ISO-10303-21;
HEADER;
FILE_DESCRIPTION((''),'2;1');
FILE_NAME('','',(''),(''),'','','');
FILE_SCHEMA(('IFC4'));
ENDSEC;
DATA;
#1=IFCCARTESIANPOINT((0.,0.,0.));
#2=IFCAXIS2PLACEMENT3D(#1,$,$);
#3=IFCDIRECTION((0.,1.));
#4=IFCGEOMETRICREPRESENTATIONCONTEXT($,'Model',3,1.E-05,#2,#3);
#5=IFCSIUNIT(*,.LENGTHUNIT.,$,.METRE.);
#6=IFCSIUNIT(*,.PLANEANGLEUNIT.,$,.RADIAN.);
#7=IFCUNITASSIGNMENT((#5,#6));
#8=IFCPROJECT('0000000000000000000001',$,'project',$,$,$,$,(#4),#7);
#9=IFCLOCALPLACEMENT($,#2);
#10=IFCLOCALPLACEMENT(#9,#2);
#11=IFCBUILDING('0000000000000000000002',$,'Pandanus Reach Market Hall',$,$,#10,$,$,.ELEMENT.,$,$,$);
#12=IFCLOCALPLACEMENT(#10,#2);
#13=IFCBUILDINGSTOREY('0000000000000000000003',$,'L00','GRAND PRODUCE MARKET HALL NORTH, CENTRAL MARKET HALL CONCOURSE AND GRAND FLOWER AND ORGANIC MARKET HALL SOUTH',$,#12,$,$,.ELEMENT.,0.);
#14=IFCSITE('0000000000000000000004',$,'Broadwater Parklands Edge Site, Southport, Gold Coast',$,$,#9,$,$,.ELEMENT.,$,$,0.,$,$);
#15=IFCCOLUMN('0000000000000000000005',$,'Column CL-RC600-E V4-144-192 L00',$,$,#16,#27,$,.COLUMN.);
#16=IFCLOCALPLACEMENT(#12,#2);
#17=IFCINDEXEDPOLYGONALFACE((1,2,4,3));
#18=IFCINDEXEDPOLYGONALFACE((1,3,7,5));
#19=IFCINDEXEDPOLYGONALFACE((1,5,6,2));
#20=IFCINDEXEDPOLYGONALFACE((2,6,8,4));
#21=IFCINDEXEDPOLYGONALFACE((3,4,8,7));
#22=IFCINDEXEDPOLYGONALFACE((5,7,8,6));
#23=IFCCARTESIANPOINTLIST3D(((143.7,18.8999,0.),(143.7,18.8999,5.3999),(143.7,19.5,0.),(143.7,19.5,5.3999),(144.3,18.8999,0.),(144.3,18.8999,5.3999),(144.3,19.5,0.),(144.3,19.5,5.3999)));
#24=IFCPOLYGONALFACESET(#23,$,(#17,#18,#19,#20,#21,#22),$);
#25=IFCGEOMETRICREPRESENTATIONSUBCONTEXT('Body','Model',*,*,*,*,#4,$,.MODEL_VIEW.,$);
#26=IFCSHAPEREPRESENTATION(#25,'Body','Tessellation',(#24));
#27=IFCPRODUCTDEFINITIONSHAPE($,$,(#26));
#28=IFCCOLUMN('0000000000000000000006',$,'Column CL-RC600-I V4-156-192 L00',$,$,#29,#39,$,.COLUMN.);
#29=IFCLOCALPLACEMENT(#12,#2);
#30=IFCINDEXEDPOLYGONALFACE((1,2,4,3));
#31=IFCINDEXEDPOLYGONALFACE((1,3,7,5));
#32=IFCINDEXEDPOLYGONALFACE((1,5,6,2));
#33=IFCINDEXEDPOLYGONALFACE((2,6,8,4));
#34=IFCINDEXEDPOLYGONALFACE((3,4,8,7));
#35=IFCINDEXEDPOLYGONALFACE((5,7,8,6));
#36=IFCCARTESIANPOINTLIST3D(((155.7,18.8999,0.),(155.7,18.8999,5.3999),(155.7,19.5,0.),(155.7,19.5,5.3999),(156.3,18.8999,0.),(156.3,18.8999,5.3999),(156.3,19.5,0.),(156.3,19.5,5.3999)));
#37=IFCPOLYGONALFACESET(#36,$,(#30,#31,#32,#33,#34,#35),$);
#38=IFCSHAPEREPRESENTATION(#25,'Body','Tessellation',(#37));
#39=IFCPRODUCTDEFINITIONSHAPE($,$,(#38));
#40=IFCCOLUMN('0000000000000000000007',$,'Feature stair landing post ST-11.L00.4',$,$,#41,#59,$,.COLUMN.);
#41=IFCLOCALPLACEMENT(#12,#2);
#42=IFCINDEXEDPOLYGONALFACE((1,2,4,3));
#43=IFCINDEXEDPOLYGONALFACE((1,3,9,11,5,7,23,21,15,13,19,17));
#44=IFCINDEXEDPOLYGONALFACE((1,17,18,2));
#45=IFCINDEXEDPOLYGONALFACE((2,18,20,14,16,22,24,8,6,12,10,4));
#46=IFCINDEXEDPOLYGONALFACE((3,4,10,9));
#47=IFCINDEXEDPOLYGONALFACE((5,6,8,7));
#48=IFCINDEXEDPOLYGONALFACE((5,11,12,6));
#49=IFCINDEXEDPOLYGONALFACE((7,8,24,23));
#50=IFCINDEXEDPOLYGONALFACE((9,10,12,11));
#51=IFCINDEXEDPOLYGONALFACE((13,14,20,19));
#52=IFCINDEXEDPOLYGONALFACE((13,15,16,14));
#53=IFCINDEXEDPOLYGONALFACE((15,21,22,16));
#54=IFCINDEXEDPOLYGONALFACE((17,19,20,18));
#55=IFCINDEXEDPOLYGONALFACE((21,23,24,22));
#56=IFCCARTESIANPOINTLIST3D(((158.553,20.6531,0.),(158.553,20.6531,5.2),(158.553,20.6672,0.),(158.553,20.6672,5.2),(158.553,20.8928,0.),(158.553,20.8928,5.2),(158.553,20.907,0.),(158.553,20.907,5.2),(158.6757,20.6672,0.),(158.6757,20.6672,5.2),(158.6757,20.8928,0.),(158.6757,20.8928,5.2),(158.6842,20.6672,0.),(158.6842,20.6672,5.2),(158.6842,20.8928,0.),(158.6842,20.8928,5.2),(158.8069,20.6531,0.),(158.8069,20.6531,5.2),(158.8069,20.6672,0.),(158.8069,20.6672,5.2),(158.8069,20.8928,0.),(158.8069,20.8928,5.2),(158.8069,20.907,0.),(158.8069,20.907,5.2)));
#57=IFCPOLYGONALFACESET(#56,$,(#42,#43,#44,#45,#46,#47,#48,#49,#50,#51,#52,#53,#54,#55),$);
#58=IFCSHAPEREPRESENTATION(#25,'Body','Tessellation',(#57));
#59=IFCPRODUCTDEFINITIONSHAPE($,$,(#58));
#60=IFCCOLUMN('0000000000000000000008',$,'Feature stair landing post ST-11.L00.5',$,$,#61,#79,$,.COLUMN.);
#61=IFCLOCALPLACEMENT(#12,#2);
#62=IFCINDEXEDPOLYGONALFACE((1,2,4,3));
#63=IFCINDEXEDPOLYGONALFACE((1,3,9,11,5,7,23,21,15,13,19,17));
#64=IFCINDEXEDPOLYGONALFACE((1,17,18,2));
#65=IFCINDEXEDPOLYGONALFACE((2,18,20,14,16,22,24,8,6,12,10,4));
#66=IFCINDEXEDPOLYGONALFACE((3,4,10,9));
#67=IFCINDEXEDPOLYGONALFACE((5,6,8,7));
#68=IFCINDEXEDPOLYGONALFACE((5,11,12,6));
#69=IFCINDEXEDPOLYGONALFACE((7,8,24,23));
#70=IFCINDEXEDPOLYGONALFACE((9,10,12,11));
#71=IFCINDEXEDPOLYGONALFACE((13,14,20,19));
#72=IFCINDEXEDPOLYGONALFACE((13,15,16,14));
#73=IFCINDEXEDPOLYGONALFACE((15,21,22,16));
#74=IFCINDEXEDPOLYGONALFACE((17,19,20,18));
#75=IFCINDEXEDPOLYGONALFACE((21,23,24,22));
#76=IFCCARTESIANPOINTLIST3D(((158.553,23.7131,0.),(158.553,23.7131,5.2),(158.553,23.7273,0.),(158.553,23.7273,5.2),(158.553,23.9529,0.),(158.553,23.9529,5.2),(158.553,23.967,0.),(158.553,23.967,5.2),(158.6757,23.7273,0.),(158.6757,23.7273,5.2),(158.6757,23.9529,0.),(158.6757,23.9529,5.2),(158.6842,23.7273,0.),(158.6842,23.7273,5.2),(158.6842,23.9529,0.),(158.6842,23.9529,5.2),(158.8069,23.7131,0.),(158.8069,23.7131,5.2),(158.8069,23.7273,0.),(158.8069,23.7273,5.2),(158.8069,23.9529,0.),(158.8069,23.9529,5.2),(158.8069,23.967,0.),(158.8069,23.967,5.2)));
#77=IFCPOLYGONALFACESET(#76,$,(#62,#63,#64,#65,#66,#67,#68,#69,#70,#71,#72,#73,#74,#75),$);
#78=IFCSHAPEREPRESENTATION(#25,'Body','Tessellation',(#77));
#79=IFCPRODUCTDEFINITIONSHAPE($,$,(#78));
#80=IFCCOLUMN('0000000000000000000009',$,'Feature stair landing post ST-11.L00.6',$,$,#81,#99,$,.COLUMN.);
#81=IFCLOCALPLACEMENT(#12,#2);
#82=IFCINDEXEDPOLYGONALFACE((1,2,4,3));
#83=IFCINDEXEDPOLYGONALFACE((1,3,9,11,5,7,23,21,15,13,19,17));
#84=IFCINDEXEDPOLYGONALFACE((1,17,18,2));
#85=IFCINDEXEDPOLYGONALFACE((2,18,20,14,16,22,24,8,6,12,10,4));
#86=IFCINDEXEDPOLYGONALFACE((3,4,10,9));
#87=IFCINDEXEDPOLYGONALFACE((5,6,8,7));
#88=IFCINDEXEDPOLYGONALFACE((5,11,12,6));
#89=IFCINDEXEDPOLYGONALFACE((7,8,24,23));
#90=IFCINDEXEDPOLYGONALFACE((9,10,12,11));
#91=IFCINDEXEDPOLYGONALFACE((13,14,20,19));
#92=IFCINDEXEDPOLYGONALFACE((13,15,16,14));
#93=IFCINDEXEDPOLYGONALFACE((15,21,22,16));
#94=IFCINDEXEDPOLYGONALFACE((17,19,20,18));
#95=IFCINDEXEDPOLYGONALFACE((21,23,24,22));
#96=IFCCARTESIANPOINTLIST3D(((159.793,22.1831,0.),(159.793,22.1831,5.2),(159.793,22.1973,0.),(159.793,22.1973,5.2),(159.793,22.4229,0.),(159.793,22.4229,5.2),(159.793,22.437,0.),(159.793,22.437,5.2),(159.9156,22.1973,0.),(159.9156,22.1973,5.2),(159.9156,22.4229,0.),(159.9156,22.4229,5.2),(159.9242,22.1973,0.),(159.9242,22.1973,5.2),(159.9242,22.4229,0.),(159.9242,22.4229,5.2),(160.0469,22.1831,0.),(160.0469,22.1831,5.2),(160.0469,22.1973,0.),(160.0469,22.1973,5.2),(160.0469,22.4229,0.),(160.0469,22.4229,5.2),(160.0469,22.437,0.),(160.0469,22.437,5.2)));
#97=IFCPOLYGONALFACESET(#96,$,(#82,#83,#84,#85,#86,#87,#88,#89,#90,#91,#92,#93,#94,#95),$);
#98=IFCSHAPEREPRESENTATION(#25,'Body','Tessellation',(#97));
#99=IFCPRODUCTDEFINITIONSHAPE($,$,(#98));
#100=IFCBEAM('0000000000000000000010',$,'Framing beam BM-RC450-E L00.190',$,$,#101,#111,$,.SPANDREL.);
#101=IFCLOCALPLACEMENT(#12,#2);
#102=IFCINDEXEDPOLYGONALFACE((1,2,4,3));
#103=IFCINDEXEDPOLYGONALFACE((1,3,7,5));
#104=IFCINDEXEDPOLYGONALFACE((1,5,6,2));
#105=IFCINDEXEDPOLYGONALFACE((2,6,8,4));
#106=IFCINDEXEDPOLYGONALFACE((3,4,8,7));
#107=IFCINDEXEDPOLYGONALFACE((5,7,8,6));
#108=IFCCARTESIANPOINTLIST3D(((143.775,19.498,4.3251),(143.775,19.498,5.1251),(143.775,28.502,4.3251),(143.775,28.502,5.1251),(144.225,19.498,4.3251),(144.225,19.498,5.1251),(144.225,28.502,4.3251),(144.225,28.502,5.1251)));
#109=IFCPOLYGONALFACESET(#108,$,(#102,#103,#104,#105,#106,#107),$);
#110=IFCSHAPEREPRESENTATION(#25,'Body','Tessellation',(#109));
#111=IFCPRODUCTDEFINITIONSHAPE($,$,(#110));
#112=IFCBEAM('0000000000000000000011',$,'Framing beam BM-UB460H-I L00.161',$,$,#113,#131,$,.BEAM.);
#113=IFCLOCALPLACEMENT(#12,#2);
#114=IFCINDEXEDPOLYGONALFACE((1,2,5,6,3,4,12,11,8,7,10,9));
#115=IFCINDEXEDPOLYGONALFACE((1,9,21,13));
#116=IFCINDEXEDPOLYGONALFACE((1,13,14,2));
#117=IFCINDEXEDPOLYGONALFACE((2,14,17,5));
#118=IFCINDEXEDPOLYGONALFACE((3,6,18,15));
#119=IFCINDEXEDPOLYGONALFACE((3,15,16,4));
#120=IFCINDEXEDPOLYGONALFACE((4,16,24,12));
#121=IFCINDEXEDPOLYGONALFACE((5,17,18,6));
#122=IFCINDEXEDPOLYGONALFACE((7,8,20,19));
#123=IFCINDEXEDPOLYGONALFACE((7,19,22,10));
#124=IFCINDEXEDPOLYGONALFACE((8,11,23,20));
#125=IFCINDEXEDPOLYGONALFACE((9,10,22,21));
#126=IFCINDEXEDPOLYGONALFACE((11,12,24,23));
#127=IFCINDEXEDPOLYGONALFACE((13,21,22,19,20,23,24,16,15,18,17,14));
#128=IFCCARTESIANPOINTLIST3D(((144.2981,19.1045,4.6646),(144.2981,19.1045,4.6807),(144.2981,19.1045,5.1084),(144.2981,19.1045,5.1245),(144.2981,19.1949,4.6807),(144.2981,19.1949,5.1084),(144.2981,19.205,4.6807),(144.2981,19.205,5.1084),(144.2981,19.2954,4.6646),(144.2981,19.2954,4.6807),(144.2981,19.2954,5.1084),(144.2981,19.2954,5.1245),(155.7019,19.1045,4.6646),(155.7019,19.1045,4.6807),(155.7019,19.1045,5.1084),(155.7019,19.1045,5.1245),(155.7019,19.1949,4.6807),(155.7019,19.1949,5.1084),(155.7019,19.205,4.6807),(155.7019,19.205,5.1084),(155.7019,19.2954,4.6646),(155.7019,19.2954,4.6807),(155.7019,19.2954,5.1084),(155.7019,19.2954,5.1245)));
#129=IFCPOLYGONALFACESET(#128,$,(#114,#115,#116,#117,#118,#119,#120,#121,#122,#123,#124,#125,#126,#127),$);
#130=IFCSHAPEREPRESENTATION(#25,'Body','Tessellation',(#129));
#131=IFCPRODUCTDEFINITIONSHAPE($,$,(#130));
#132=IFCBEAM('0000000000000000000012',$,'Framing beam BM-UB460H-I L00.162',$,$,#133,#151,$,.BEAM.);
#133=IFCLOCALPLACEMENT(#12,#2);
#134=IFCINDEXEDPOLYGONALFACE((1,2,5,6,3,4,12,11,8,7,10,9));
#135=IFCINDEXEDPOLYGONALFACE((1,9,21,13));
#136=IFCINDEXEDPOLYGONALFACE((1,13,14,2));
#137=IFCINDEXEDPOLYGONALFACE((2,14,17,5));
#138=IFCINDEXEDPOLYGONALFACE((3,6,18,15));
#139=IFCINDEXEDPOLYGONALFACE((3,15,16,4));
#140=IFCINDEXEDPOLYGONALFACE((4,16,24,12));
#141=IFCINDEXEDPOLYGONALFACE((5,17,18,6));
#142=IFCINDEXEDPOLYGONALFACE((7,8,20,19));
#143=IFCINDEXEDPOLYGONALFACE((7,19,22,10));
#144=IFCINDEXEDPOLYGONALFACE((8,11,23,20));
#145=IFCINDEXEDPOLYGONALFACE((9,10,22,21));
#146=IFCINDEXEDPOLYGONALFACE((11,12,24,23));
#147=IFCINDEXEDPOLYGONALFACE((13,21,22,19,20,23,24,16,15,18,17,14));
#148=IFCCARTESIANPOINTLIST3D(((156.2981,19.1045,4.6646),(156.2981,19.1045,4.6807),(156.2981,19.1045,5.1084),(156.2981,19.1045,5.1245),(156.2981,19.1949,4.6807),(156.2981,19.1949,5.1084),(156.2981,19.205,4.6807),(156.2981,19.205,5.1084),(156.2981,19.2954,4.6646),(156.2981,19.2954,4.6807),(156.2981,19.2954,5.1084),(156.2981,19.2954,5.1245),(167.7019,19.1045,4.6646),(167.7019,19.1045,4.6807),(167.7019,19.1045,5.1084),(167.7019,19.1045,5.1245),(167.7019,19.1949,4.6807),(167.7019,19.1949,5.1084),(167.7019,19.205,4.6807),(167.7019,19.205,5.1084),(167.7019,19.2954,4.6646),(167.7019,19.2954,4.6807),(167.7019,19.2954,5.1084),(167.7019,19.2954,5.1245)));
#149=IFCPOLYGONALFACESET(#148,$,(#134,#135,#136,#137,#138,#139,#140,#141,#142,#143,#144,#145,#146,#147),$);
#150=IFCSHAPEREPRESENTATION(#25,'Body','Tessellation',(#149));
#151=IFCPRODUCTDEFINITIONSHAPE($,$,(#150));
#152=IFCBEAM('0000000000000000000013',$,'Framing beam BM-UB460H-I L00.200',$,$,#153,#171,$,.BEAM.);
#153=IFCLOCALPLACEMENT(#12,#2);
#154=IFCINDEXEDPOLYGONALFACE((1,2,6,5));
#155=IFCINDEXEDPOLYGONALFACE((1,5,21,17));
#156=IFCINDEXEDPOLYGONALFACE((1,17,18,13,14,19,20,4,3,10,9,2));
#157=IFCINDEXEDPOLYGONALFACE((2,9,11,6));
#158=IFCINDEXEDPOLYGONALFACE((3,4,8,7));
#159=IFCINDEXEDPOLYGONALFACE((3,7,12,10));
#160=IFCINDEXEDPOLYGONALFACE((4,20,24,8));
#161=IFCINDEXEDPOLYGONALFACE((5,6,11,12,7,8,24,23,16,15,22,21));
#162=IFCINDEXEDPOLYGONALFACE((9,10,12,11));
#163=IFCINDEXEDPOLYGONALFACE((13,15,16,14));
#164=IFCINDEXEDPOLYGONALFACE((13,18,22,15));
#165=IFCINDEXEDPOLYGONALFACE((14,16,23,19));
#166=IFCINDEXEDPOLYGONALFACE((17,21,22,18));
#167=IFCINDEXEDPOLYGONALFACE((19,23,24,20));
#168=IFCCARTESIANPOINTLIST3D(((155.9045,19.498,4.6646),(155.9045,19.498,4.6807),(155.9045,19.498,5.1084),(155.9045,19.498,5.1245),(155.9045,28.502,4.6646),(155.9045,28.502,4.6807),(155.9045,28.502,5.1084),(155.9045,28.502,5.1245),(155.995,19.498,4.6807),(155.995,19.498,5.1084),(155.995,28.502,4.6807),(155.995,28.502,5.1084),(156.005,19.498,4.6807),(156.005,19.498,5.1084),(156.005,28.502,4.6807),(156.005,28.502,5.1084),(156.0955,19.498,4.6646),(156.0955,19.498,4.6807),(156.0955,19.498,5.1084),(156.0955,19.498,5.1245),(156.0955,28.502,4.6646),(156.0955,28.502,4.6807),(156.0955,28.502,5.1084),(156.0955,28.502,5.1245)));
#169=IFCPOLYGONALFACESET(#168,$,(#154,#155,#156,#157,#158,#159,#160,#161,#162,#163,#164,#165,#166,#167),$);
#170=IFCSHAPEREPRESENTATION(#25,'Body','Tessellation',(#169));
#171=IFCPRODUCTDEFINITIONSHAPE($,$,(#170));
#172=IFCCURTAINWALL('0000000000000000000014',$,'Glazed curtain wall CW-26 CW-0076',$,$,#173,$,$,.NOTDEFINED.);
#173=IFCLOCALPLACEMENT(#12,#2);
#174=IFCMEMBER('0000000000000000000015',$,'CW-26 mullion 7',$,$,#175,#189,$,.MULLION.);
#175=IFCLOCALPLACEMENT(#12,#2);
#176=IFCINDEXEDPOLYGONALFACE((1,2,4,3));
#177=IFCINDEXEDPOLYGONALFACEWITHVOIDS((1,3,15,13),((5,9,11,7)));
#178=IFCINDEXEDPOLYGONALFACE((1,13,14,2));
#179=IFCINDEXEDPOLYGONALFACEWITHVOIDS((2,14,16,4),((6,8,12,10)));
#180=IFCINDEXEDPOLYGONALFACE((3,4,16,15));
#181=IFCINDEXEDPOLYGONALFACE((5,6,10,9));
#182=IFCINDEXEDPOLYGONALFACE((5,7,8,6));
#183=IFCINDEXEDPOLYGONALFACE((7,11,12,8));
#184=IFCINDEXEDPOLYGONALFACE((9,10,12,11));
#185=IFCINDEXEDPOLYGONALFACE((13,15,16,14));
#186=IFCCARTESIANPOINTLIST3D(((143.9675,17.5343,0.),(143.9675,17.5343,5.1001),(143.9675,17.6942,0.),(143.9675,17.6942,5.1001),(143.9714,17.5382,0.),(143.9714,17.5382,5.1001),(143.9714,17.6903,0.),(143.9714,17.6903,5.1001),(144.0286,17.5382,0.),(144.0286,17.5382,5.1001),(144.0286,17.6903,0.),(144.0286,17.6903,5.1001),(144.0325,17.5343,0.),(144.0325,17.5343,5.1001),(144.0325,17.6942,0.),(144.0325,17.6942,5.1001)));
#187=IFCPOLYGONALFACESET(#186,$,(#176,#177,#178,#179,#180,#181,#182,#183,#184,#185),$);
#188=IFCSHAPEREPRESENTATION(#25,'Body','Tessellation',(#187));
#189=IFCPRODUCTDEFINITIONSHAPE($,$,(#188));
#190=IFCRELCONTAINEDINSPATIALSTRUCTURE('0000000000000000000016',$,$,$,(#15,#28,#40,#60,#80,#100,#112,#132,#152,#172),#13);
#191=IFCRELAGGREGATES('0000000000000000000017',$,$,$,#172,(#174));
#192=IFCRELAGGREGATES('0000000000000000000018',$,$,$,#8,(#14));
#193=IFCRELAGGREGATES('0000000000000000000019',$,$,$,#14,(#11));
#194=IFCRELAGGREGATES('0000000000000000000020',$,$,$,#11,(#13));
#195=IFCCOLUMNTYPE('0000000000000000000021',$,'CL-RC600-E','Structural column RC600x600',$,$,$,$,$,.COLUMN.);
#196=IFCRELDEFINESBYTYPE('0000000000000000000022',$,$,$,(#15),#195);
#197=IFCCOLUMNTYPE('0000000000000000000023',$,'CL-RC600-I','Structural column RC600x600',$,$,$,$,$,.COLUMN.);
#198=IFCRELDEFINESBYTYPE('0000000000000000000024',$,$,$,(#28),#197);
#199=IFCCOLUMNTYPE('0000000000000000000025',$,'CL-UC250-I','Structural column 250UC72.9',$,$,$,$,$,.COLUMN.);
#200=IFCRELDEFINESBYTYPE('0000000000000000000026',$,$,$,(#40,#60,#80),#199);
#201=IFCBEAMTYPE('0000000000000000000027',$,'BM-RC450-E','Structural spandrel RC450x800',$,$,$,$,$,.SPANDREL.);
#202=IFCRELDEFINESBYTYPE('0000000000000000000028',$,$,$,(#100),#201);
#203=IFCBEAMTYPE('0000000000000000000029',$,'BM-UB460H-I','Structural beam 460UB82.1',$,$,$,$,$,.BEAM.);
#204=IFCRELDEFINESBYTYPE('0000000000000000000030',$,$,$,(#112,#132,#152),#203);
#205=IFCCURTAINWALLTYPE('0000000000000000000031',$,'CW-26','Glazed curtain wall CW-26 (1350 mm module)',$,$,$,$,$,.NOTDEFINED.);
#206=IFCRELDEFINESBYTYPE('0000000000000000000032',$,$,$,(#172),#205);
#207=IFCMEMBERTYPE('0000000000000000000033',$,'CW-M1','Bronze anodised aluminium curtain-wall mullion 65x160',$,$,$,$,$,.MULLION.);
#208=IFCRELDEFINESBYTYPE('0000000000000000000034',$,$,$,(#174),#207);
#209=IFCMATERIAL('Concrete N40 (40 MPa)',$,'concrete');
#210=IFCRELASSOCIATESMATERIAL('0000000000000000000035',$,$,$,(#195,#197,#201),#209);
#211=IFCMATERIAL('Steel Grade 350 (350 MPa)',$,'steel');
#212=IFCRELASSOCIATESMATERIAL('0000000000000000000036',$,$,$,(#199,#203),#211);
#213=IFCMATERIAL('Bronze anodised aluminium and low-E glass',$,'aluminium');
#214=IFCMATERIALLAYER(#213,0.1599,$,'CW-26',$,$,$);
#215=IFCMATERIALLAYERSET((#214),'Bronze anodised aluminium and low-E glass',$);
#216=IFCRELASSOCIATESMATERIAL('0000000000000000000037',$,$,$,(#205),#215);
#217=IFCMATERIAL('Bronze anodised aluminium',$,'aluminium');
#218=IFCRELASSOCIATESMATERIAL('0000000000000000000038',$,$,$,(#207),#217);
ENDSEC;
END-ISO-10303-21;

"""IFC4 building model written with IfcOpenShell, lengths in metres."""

from ifc_helpers import new_model, si_unit, direction, frame, origin, origin_2d, place, context, subcontext, project, spatial, rectangle, hollow_rectangle, i_section, extrude, material, layer, layer_set, material_profile, profile_set, type_object, element, aggregate, save


model = new_model("IFC4")

# Units and contexts
model_context = context("Model", 3, precision=1e-05, world=origin(), true_north=direction((0.0, 1.0)))
body_context = subcontext(model_context, "Body", "Model", "MODEL_VIEW")
ifc_project = project(units=[si_unit("LENGTHUNIT", "METRE"), si_unit("PLANEANGLEUNIT", "RADIAN")], contexts=[model_context])

# Site, building, storey
site_placement = place(None, origin())
site = spatial("IfcSite", under=ifc_project, at=site_placement, Name="Broadwater Parklands Edge Site, Southport, Gold Coast", CompositionType="ELEMENT", RefElevation=0.0)
building_placement = place(site_placement, origin())
building = spatial("IfcBuilding", under=site, at=building_placement, Name="Pandanus Reach Market Hall", CompositionType="ELEMENT")
storey_placement = place(building_placement, origin())
storey = spatial("IfcBuildingStorey", under=building, at=storey_placement, Name="L00", Description="GRAND PRODUCE MARKET HALL NORTH, CENTRAL MARKET HALL CONCOURSE AND GRAND FLOWER AND ORGANIC MARKET HALL SOUTH", CompositionType="ELEMENT", Elevation=0.0)

# Columns
ifc_material_1 = material(Name="Concrete N40 (40 MPa)", Category="concrete")
ifc_material_profile_1 = material_profile(ifc_material_1, rectangle(XDim=0.6001, YDim=0.6001, at=origin_2d()), Name="RC600x600", Category="LoadBearing")
ifc_profile_set_1 = profile_set([ifc_material_profile_1], Name="Concrete N40 (40 MPa)")
column_type_1 = type_object("IfcColumnType", Name="CL-RC600-E", Description="Structural column RC600x600", PredefinedType="COLUMN", material=ifc_profile_set_1)
column_1_placement = place(storey_placement, frame((144.0, 19.2, 0.0), z_axis=(0.0, 0.0, 1.0), x_axis=(1.0, 0.0, 0.0)))
element("IfcColumn", 1, at=column_1_placement, inside=storey, type_object=column_type_1, Name="Column CL-RC600-E V4-144-192 L00", PredefinedType="COLUMN", context=body_context, shape_type="SweptSolid", body=[
    extrude(rectangle(XDim=0.6001, YDim=0.6001, at=origin_2d()), origin(), (0.0, 0.0, 1.0), 5.3999),
])
ifc_material_profile_2 = material_profile(ifc_material_1, rectangle(XDim=0.6001, YDim=0.6001, at=origin_2d()), Name="RC600x600", Category="LoadBearing")
ifc_profile_set_2 = profile_set([ifc_material_profile_2], Name="Concrete N40 (40 MPa)")
column_type_2 = type_object("IfcColumnType", Name="CL-RC600-I", Description="Structural column RC600x600", PredefinedType="COLUMN", material=ifc_profile_set_2)
column_2_placement = place(storey_placement, frame((156.0, 19.2, 0.0), z_axis=(0.0, 0.0, 1.0), x_axis=(1.0, 0.0, 0.0)))
element("IfcColumn", 2, at=column_2_placement, inside=storey, type_object=column_type_2, Name="Column CL-RC600-I V4-156-192 L00", PredefinedType="COLUMN", context=body_context, shape_type="SweptSolid", body=[
    extrude(rectangle(XDim=0.6001, YDim=0.6001, at=origin_2d()), origin(), (0.0, 0.0, 1.0), 5.3999),
])
ifc_material_2 = material(Name="Steel Grade 350 (350 MPa)", Category="steel")
ifc_material_profile_3 = material_profile(ifc_material_2, i_section(OverallWidth=0.2539, OverallDepth=0.2539, WebThickness=0.0085, FlangeThickness=0.0142, at=origin_2d()), Name="250UC72.9", Category="LoadBearing")
ifc_profile_set_3 = profile_set([ifc_material_profile_3], Name="Steel Grade 350 (350 MPa)")
column_type_3 = type_object("IfcColumnType", Name="CL-UC250-I", Description="Structural column 250UC72.9", PredefinedType="COLUMN", material=ifc_profile_set_3)
for number, where, z_axis, x_axis, name in (
    (3, (158.6799, 20.78, 0.0), (0.0, 0.0, 1.0), (1.0, 0.0, 0.0), "Feature stair landing post ST-11.L00.4"),
    (4, (158.6799, 23.8401, 0.0), (0.0, 0.0, 1.0), (1.0, 0.0, 0.0), "Feature stair landing post ST-11.L00.5"),
    (5, (159.9199, 22.3101, 0.0), (0.0, 0.0, 1.0), (1.0, 0.0, 0.0), "Feature stair landing post ST-11.L00.6"),
):
    element("IfcColumn", number, at=place(storey_placement, frame(where, z_axis=z_axis, x_axis=x_axis)), inside=storey, type_object=column_type_3, Name=name, PredefinedType="COLUMN", context=body_context, shape_type="SweptSolid", body=[
        extrude(i_section(OverallWidth=0.2539, OverallDepth=0.2539, WebThickness=0.0085, FlangeThickness=0.0142, at=origin_2d()), origin(), (0.0, 0.0, 1.0), 5.2),
    ])

# Beams
ifc_material_profile_4 = material_profile(ifc_material_1, rectangle(XDim=0.45, YDim=0.8, at=origin_2d()), Name="RC450x800", Category="LoadBearing")
ifc_profile_set_4 = profile_set([ifc_material_profile_4], Name="Concrete N40 (40 MPa)")
beam_type_1 = type_object("IfcBeamType", Name="BM-RC450-E", Description="Structural spandrel RC450x800", PredefinedType="SPANDREL", material=ifc_profile_set_4)
beam_1_placement = place(storey_placement, frame((144.0, 19.498, 4.7251), z_axis=(0.0, 1.0, 0.0), x_axis=(-1.0, 0.0, 0.0)))
element("IfcBeam", 6, at=beam_1_placement, inside=storey, type_object=beam_type_1, Name="Framing beam BM-RC450-E L00.190", PredefinedType="SPANDREL", context=body_context, shape_type="SweptSolid", body=[
    extrude(rectangle(XDim=0.45, YDim=0.8, at=origin_2d()), origin(), (0.0, 0.0, 1.0), 9.0039),
])
ifc_material_profile_5 = material_profile(ifc_material_2, i_section(OverallWidth=0.1909, OverallDepth=0.46, WebThickness=0.01, FlangeThickness=0.0161, at=origin_2d()), Name="460UB82.1", Category="LoadBearing")
ifc_profile_set_5 = profile_set([ifc_material_profile_5], Name="Steel Grade 350 (350 MPa)")
beam_type_2 = type_object("IfcBeamType", Name="BM-UB460H-I", Description="Structural beam 460UB82.1", PredefinedType="BEAM", material=ifc_profile_set_5)
for number, where, z_axis, x_axis, name in (
    (7, (144.2981, 19.2, 4.8945), (1.0, 0.0, 0.0), (0.0, 1.0, 0.0), "Framing beam BM-UB460H-I L00.161"),
    (8, (156.2981, 19.2, 4.8945), (1.0, 0.0, 0.0), (0.0, 1.0, 0.0), "Framing beam BM-UB460H-I L00.162"),
):
    element("IfcBeam", number, at=place(storey_placement, frame(where, z_axis=z_axis, x_axis=x_axis)), inside=storey, type_object=beam_type_2, Name=name, PredefinedType="BEAM", context=body_context, shape_type="SweptSolid", body=[
        extrude(i_section(OverallWidth=0.1909, OverallDepth=0.46, WebThickness=0.01, FlangeThickness=0.0161, at=origin_2d()), origin(), (0.0, 0.0, 1.0), 11.4038),
    ])
beam_2_placement = place(storey_placement, frame((156.0, 19.498, 4.8945), z_axis=(0.0, 1.0, 0.0), x_axis=(-1.0, 0.0, 0.0)))
element("IfcBeam", 9, at=beam_2_placement, inside=storey, type_object=beam_type_2, Name="Framing beam BM-UB460H-I L00.200", PredefinedType="BEAM", context=body_context, shape_type="SweptSolid", body=[
    extrude(i_section(OverallWidth=0.1909, OverallDepth=0.46, WebThickness=0.01, FlangeThickness=0.0161, at=origin_2d()), origin(), (0.0, 0.0, 1.0), 9.0039),
])

# Curtain wall, member
ifc_material_3 = material(Name="Bronze anodised aluminium and low-E glass", Category="aluminium")
ifc_layer_1 = layer(ifc_material_3, 0.1599, Name="CW-26")
ifc_layer_set_1 = layer_set([ifc_layer_1], Name="Bronze anodised aluminium and low-E glass")
curtain_wall_type = type_object("IfcCurtainWallType", Name="CW-26", Description="Glazed curtain wall CW-26 (1350 mm module)", PredefinedType="NOTDEFINED", material=ifc_layer_set_1)
curtain_wall_placement = place(storey_placement, origin())
curtain_wall = element("IfcCurtainWall", 10, at=curtain_wall_placement, inside=storey, type_object=curtain_wall_type, Name="Glazed curtain wall CW-26 CW-0076", PredefinedType="NOTDEFINED")
ifc_material_4 = material(Name="Bronze anodised aluminium", Category="aluminium")
ifc_material_profile_6 = material_profile(ifc_material_4, hollow_rectangle(XDim=0.0649, YDim=0.1599, WallThickness=0.0039, at=origin_2d()), Name="ALU65x160", Category="LoadBearing")
ifc_profile_set_6 = profile_set([ifc_material_profile_6], Name="Bronze anodised aluminium")
member_type_1 = type_object("IfcMemberType", Name="CW-M1", Description="Bronze anodised aluminium curtain-wall mullion 65x160", PredefinedType="MULLION", material=ifc_profile_set_6)
member_1_placement = place(storey_placement, frame((144.0, 17.6143, 0.0), z_axis=(0.0, 0.0, 1.0), x_axis=(-1.0, 0.0, 0.0)))
member_1 = element("IfcMember", 11, at=member_1_placement, type_object=member_type_1, Name="CW-26 mullion 7", PredefinedType="MULLION", context=body_context, shape_type="SweptSolid", body=[
    extrude(hollow_rectangle(XDim=0.0649, YDim=0.1599, WallThickness=0.0039, at=origin_2d()), origin(), (0.0, 0.0, 1.0), 5.1001),
])

aggregate(curtain_wall, [member_1])

save(model, "model.ifc")
